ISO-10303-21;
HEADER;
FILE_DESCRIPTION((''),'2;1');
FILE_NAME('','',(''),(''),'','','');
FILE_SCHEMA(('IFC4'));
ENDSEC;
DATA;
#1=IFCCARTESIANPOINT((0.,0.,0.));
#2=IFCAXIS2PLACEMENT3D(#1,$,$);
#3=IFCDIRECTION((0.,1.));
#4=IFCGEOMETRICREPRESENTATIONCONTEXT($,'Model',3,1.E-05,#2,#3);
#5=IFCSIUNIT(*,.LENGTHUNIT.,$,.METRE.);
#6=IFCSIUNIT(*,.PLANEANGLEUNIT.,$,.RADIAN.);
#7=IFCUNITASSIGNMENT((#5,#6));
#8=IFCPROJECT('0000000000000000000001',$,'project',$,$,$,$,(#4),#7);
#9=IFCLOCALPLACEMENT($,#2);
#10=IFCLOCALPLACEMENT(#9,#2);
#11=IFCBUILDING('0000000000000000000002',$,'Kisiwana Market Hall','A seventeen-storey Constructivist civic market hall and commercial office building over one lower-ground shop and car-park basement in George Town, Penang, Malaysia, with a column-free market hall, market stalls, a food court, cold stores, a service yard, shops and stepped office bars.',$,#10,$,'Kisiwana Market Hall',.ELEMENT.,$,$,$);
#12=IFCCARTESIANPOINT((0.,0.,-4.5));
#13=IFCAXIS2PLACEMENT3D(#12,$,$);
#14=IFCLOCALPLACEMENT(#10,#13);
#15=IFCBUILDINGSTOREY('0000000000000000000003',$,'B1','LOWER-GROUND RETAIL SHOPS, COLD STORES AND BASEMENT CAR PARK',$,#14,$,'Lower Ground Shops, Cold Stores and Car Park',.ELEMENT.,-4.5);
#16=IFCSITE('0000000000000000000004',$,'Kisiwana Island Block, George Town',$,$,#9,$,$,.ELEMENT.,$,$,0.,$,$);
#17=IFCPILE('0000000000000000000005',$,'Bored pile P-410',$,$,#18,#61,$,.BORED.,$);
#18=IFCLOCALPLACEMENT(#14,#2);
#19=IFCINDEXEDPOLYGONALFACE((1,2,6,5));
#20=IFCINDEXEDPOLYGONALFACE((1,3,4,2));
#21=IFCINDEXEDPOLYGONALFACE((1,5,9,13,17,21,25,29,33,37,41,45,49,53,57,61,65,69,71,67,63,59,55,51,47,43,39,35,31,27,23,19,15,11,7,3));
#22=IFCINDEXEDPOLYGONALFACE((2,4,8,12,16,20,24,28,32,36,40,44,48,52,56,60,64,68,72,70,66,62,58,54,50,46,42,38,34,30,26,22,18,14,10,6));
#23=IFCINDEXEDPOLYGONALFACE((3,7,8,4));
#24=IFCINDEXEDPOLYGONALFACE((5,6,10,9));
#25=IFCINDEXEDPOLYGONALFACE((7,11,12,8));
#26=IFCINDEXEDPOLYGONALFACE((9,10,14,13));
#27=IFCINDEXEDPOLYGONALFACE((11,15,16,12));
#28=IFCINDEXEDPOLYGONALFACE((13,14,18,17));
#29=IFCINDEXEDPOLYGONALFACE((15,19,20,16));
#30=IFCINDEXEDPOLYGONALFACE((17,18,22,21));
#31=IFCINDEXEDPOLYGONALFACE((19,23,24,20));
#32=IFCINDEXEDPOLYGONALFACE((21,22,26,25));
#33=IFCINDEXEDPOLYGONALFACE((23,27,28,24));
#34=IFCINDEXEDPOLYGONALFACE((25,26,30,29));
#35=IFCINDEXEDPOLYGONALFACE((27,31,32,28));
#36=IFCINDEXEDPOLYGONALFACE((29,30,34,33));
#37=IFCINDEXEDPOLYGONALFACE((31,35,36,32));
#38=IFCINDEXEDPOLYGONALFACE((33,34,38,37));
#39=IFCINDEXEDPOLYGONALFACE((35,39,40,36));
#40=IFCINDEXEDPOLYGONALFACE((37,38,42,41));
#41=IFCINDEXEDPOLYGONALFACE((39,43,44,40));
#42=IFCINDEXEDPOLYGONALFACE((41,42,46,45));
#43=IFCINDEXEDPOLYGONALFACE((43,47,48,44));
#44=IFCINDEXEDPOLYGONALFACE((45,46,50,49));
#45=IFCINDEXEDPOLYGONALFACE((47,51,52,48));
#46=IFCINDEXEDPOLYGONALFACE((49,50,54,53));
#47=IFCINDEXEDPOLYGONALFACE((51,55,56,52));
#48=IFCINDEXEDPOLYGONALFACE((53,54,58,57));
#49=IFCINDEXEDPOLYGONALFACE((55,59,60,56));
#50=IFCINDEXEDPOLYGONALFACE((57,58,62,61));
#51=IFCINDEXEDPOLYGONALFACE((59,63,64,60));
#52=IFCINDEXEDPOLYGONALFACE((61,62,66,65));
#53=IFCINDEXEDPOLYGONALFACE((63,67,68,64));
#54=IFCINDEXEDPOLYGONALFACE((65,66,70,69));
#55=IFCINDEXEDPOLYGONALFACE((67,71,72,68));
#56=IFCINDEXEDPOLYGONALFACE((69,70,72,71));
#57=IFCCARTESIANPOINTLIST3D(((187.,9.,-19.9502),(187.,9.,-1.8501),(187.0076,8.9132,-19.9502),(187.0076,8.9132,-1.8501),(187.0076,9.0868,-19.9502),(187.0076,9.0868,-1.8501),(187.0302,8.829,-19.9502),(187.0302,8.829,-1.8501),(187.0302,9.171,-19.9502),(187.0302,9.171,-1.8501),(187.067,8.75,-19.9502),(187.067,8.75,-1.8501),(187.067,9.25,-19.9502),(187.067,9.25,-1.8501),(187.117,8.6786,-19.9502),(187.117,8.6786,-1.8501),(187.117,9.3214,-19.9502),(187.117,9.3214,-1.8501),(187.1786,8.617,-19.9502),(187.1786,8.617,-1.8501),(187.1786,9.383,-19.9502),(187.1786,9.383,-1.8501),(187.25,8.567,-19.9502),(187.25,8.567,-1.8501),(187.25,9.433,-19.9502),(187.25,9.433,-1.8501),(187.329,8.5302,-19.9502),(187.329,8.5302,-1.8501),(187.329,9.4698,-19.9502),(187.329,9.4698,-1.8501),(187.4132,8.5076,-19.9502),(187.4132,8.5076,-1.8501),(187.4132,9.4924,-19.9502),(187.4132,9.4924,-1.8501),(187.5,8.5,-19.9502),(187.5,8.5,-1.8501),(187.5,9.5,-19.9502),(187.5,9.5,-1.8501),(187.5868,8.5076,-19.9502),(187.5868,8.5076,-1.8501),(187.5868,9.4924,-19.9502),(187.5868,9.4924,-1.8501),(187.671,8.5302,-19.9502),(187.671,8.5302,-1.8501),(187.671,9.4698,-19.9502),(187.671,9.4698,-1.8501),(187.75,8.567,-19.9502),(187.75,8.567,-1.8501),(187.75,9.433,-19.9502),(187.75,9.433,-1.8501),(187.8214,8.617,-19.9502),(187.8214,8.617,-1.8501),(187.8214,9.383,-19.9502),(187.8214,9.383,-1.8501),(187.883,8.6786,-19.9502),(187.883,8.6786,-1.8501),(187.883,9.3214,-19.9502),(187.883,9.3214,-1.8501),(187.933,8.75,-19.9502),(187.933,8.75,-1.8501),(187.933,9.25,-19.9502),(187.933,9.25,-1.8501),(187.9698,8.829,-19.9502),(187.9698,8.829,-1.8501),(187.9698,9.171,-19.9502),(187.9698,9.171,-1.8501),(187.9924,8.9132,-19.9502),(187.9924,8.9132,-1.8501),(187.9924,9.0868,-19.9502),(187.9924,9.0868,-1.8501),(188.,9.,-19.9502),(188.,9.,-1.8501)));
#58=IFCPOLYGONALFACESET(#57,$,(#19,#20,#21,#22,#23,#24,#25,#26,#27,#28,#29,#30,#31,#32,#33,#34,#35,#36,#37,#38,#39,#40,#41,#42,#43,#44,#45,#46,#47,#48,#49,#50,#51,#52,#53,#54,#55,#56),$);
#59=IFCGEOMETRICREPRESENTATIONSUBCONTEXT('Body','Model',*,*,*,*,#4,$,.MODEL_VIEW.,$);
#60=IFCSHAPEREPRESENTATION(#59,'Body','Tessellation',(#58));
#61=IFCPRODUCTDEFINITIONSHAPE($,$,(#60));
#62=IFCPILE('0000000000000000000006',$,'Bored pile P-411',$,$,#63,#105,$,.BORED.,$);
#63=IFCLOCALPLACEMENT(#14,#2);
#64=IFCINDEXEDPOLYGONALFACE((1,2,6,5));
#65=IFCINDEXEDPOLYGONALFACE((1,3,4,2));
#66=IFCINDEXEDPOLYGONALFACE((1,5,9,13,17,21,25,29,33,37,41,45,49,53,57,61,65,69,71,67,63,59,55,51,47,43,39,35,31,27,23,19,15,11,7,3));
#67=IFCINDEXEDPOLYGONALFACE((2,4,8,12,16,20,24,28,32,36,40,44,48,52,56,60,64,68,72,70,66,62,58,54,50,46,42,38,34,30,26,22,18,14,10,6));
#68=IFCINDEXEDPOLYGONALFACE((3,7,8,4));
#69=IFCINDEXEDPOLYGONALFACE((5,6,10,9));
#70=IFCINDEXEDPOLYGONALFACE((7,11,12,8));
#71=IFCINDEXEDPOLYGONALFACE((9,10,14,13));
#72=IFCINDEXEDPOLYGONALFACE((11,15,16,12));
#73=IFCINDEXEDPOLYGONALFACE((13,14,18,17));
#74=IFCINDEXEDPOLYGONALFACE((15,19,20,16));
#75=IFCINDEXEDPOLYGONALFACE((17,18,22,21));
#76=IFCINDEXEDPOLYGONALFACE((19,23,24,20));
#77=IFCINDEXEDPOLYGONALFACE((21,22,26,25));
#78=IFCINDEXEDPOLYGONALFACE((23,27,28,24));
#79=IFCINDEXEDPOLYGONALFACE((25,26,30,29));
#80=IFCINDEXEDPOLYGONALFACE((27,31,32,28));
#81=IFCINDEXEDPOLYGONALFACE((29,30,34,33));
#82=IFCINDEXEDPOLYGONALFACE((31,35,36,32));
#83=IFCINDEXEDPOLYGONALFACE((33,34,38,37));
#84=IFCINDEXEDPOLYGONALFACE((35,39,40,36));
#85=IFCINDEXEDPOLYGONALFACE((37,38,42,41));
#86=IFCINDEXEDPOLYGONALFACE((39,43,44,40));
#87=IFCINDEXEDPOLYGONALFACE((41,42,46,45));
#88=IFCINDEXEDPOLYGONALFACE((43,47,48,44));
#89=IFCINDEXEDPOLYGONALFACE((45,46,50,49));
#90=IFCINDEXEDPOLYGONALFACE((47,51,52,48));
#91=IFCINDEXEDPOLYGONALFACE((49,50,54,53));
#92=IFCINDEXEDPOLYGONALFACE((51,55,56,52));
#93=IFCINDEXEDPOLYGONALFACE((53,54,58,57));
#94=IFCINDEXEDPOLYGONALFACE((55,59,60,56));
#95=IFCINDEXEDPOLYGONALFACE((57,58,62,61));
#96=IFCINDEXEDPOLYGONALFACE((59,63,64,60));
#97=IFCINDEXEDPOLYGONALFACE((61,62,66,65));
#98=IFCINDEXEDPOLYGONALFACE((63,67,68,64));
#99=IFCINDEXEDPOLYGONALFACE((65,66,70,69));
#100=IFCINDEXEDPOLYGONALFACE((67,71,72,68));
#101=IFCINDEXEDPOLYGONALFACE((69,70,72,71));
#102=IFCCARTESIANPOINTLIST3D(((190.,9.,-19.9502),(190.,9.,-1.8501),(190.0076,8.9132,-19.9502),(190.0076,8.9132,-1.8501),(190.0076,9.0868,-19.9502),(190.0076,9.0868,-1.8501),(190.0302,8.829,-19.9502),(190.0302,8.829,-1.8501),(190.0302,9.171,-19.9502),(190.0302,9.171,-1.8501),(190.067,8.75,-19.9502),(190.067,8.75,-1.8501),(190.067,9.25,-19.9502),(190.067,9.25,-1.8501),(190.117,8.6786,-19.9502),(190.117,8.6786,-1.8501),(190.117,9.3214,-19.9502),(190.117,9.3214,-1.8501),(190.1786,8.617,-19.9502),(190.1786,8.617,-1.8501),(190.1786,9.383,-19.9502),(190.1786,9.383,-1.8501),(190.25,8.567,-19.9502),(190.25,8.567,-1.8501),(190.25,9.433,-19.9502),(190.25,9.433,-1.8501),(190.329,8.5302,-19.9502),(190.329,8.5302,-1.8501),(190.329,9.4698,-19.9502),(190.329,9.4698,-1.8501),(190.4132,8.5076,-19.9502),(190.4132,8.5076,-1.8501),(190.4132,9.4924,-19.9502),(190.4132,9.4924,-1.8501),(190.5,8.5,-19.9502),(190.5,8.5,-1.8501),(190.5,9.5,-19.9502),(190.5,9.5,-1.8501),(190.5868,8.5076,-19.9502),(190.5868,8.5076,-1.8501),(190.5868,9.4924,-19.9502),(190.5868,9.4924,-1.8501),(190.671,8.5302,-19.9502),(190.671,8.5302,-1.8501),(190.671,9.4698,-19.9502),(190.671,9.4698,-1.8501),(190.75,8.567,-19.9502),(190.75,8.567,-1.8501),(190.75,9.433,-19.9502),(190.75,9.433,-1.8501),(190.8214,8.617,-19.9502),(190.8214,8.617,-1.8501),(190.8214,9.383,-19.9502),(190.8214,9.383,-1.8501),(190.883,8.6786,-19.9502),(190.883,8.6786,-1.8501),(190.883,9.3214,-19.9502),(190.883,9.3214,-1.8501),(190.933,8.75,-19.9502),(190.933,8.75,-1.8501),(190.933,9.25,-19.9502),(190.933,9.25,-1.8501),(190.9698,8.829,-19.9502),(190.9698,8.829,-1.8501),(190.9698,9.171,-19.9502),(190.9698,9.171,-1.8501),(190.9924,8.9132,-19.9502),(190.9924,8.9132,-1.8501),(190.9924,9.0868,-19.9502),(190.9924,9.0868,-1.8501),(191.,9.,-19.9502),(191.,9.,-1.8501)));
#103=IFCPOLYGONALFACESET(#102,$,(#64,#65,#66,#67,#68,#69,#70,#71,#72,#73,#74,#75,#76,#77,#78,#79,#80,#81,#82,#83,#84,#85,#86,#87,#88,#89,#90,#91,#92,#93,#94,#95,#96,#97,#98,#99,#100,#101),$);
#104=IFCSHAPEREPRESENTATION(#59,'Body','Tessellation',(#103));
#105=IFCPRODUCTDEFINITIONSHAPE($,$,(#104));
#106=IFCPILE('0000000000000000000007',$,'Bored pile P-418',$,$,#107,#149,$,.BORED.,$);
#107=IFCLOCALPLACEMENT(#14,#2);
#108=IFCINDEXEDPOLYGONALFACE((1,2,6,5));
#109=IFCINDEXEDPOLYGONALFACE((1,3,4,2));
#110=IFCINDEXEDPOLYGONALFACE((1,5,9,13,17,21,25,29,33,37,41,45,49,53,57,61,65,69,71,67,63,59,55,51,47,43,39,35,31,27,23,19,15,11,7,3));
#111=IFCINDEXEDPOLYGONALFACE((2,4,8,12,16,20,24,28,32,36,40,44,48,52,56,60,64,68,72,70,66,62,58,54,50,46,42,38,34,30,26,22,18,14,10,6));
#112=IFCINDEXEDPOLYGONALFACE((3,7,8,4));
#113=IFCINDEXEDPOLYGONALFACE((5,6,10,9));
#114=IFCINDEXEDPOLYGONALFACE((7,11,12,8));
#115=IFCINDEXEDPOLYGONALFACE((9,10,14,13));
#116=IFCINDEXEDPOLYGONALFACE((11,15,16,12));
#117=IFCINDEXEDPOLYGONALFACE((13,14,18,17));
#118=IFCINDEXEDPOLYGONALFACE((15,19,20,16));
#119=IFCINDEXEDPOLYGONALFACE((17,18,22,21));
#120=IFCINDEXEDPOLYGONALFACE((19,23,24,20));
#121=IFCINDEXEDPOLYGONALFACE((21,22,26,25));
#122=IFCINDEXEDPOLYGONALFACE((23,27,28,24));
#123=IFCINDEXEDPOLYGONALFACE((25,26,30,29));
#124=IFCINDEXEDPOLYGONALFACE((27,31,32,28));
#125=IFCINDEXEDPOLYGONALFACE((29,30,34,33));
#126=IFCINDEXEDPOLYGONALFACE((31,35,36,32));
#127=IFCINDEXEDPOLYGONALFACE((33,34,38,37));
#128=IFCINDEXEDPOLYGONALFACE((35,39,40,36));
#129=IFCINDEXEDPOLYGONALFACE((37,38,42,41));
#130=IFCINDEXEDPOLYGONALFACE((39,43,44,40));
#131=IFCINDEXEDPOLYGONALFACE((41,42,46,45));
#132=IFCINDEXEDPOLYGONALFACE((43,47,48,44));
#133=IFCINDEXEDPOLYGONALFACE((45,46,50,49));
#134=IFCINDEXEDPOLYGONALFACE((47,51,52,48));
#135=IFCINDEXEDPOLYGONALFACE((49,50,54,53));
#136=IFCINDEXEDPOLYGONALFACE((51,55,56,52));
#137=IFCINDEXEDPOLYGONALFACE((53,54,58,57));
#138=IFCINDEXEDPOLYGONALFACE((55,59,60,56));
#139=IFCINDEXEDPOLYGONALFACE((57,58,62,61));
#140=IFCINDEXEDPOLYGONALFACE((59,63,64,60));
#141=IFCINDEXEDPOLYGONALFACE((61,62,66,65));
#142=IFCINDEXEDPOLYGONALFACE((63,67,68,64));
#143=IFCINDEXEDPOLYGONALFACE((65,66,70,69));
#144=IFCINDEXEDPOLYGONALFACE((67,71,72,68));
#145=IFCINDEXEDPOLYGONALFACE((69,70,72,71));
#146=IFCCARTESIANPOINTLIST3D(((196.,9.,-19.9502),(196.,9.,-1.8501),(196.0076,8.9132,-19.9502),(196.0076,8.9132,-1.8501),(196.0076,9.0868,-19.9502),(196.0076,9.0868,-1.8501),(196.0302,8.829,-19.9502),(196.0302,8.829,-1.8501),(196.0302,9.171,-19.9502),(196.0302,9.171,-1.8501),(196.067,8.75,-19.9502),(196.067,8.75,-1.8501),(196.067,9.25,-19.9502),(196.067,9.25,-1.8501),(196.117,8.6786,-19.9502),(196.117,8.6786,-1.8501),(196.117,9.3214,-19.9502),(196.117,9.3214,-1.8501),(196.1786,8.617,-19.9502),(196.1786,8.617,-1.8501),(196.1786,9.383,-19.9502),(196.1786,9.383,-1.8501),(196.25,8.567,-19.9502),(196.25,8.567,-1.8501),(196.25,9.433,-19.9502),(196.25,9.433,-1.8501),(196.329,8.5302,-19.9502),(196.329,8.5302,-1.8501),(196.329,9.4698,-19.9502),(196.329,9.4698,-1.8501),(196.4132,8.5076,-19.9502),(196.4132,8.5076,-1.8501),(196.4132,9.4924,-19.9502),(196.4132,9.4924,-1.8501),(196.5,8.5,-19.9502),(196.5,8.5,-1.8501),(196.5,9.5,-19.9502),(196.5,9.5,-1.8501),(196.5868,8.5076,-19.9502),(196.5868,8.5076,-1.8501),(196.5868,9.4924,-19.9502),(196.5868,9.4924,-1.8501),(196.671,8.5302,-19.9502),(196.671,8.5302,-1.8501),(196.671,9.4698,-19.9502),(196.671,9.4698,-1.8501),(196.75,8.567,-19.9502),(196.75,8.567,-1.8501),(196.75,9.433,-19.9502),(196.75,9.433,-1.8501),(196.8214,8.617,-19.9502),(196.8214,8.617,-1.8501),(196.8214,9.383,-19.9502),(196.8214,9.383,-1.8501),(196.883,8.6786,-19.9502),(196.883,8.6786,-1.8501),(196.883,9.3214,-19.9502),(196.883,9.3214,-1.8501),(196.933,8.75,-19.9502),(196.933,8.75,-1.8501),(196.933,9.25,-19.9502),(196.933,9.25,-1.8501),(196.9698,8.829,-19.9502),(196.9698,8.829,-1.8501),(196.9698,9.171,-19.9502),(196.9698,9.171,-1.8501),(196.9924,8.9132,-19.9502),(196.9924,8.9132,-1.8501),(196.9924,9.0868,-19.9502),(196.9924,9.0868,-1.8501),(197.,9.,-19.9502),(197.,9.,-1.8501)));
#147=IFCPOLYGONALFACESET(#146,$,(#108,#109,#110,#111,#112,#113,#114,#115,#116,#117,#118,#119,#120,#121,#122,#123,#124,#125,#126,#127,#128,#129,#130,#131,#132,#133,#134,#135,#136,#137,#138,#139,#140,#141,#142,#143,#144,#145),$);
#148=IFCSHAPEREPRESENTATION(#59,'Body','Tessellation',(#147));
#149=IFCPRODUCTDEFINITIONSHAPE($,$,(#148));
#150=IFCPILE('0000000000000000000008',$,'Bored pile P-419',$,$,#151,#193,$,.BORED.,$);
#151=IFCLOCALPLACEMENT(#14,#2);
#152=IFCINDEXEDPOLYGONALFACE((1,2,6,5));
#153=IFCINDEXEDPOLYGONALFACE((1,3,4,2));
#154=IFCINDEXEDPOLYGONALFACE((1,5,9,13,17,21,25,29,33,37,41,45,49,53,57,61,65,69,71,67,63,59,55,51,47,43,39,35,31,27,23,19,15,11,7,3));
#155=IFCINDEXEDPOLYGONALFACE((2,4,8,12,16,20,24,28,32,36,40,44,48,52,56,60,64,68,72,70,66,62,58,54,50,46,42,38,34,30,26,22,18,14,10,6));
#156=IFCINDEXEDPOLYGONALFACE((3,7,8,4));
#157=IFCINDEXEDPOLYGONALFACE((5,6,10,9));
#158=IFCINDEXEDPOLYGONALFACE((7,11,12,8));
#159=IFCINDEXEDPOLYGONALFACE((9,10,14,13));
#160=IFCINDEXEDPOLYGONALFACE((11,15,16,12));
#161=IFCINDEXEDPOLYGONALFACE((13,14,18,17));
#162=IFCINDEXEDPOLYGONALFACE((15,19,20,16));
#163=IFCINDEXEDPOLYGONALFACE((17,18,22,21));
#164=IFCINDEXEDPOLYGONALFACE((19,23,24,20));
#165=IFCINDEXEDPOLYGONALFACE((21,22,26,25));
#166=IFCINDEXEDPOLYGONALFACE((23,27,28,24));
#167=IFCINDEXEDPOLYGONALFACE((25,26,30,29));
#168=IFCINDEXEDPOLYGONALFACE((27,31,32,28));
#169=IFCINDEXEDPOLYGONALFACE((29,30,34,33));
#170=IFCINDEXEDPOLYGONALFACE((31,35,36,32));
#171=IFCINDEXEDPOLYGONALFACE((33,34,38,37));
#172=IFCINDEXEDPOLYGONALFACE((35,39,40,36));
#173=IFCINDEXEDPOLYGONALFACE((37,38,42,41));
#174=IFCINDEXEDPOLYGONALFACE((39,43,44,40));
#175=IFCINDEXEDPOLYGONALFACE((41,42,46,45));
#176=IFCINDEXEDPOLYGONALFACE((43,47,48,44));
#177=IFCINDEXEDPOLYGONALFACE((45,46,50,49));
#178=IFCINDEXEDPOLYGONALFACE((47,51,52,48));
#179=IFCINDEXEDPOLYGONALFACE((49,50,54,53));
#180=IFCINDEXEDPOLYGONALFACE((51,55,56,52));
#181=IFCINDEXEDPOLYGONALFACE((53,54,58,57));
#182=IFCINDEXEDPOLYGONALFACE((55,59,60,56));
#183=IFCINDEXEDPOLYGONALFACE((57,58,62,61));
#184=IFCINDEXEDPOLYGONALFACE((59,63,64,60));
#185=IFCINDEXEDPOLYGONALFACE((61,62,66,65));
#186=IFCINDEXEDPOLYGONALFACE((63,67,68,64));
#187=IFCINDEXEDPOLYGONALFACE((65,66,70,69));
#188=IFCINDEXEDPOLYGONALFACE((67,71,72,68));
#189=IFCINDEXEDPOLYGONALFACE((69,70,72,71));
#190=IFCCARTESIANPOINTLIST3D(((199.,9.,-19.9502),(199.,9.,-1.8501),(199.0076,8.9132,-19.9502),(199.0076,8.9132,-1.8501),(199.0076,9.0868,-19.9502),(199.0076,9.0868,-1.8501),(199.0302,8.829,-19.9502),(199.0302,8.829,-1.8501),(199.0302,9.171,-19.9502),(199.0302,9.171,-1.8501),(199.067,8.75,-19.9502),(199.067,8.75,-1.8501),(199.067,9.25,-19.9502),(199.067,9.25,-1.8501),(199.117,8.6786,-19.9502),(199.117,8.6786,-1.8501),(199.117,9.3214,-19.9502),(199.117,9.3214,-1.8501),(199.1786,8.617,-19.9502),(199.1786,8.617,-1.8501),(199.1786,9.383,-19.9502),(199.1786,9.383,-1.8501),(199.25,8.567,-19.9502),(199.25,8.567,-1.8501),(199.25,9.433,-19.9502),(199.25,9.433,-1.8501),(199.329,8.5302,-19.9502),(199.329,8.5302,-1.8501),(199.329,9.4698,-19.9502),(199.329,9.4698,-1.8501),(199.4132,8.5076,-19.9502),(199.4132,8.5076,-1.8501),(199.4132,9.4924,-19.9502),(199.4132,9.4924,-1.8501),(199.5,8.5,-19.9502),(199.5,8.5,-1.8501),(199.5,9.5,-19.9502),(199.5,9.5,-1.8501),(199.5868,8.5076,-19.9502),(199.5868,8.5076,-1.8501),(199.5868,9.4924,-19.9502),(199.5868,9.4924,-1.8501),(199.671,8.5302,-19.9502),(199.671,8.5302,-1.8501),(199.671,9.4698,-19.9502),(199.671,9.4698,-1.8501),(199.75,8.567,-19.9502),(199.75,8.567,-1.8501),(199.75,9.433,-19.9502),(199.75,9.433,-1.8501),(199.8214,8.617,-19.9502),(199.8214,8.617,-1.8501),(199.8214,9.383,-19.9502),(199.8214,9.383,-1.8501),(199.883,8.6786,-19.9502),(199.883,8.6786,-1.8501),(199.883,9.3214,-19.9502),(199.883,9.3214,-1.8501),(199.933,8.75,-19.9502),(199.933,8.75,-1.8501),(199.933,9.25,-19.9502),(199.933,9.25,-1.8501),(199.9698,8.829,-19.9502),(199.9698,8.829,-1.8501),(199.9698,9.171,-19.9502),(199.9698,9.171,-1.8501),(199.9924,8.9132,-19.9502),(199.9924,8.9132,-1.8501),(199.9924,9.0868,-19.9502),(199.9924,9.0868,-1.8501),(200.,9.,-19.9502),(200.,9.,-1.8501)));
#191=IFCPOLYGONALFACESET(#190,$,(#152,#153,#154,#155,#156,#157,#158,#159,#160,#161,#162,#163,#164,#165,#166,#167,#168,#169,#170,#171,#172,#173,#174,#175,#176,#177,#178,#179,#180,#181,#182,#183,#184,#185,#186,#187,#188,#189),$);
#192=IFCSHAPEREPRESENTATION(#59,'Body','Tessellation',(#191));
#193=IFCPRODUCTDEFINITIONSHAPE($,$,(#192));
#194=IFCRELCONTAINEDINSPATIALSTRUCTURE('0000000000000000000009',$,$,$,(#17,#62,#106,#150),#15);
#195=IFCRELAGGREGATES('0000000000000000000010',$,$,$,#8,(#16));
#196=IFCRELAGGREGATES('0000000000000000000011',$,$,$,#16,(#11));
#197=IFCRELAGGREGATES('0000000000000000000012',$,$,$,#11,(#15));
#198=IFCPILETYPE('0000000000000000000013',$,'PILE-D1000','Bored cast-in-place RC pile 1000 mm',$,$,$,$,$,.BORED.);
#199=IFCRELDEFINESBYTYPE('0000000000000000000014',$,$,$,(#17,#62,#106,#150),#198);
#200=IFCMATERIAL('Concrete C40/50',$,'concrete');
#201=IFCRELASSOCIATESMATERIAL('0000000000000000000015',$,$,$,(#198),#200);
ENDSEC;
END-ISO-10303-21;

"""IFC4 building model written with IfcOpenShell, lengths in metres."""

from ifc_helpers import new_model, si_unit, direction, frame, origin, origin_2d, place, context, subcontext, project, spatial, circle, extrude, material, material_profile, profile_set, type_object, element, save


model = new_model("IFC4")

# Units and contexts
model_context = context("Model", 3, precision=1e-05, world=origin(), true_north=direction((0.0, 1.0)))
body_context = subcontext(model_context, "Body", "Model", "MODEL_VIEW")
ifc_project = project(units=[si_unit("LENGTHUNIT", "METRE"), si_unit("PLANEANGLEUNIT", "RADIAN")], contexts=[model_context])

# Site, building, storey
site_placement = place(None, origin())
site = spatial("IfcSite", under=ifc_project, at=site_placement, Name="Kisiwana Island Block, George Town", CompositionType="ELEMENT", RefElevation=0.0)
building_placement = place(site_placement, origin())
building = spatial("IfcBuilding", under=site, at=building_placement, Name="Kisiwana Market Hall", Description="A seventeen-storey Constructivist civic market hall and commercial office building over one lower-ground shop and car-park basement in George Town, Penang, Malaysia, with a column-free market hall, market stalls, a food court, cold stores, a service yard, shops and stepped office bars.", LongName="Kisiwana Market Hall", CompositionType="ELEMENT")
storey_placement = place(building_placement, frame((0.0, 0.0, -4.5)))
storey = spatial("IfcBuildingStorey", under=building, at=storey_placement, Name="B1", Description="LOWER-GROUND RETAIL SHOPS, COLD STORES AND BASEMENT CAR PARK", LongName="Lower Ground Shops, Cold Stores and Car Park", CompositionType="ELEMENT", Elevation=-4.5)

# Piles
ifc_material_1 = material(Name="Concrete C40/50", Category="concrete")
ifc_material_profile_1 = material_profile(ifc_material_1, circle(Radius=0.5, at=origin_2d()), Name="BP D1000")
ifc_profile_set_1 = profile_set([ifc_material_profile_1], Name="Concrete C40/50")
pile_type_1 = type_object("IfcPileType", Name="PILE-D1000", Description="Bored cast-in-place RC pile 1000 mm", PredefinedType="BORED", material=ifc_profile_set_1)
for number, where, z_axis, x_axis, name in (
    (1, (187.5, 9.0, -1.8501), (0.0, 0.0, -1.0), (1.0, 0.0, 0.0), "Bored pile P-410"),
    (2, (190.5, 9.0, -1.8501), (0.0, 0.0, -1.0), (1.0, 0.0, 0.0), "Bored pile P-411"),
    (3, (196.5, 9.0, -1.8501), (0.0, 0.0, -1.0), (1.0, 0.0, 0.0), "Bored pile P-418"),
    (4, (199.5, 9.0, -1.8501), (0.0, 0.0, -1.0), (1.0, 0.0, 0.0), "Bored pile P-419"),
):
    element("IfcPile", number, at=place(storey_placement, frame(where, z_axis=z_axis, x_axis=x_axis)), inside=storey, type_object=pile_type_1, Name=name, PredefinedType="BORED", context=body_context, shape_type="SweptSolid", body=[
        extrude(circle(Radius=0.5, at=origin_2d()), origin(), (0.0, 0.0, 1.0), 18.1001),
    ])

save(model, "model.ifc")
